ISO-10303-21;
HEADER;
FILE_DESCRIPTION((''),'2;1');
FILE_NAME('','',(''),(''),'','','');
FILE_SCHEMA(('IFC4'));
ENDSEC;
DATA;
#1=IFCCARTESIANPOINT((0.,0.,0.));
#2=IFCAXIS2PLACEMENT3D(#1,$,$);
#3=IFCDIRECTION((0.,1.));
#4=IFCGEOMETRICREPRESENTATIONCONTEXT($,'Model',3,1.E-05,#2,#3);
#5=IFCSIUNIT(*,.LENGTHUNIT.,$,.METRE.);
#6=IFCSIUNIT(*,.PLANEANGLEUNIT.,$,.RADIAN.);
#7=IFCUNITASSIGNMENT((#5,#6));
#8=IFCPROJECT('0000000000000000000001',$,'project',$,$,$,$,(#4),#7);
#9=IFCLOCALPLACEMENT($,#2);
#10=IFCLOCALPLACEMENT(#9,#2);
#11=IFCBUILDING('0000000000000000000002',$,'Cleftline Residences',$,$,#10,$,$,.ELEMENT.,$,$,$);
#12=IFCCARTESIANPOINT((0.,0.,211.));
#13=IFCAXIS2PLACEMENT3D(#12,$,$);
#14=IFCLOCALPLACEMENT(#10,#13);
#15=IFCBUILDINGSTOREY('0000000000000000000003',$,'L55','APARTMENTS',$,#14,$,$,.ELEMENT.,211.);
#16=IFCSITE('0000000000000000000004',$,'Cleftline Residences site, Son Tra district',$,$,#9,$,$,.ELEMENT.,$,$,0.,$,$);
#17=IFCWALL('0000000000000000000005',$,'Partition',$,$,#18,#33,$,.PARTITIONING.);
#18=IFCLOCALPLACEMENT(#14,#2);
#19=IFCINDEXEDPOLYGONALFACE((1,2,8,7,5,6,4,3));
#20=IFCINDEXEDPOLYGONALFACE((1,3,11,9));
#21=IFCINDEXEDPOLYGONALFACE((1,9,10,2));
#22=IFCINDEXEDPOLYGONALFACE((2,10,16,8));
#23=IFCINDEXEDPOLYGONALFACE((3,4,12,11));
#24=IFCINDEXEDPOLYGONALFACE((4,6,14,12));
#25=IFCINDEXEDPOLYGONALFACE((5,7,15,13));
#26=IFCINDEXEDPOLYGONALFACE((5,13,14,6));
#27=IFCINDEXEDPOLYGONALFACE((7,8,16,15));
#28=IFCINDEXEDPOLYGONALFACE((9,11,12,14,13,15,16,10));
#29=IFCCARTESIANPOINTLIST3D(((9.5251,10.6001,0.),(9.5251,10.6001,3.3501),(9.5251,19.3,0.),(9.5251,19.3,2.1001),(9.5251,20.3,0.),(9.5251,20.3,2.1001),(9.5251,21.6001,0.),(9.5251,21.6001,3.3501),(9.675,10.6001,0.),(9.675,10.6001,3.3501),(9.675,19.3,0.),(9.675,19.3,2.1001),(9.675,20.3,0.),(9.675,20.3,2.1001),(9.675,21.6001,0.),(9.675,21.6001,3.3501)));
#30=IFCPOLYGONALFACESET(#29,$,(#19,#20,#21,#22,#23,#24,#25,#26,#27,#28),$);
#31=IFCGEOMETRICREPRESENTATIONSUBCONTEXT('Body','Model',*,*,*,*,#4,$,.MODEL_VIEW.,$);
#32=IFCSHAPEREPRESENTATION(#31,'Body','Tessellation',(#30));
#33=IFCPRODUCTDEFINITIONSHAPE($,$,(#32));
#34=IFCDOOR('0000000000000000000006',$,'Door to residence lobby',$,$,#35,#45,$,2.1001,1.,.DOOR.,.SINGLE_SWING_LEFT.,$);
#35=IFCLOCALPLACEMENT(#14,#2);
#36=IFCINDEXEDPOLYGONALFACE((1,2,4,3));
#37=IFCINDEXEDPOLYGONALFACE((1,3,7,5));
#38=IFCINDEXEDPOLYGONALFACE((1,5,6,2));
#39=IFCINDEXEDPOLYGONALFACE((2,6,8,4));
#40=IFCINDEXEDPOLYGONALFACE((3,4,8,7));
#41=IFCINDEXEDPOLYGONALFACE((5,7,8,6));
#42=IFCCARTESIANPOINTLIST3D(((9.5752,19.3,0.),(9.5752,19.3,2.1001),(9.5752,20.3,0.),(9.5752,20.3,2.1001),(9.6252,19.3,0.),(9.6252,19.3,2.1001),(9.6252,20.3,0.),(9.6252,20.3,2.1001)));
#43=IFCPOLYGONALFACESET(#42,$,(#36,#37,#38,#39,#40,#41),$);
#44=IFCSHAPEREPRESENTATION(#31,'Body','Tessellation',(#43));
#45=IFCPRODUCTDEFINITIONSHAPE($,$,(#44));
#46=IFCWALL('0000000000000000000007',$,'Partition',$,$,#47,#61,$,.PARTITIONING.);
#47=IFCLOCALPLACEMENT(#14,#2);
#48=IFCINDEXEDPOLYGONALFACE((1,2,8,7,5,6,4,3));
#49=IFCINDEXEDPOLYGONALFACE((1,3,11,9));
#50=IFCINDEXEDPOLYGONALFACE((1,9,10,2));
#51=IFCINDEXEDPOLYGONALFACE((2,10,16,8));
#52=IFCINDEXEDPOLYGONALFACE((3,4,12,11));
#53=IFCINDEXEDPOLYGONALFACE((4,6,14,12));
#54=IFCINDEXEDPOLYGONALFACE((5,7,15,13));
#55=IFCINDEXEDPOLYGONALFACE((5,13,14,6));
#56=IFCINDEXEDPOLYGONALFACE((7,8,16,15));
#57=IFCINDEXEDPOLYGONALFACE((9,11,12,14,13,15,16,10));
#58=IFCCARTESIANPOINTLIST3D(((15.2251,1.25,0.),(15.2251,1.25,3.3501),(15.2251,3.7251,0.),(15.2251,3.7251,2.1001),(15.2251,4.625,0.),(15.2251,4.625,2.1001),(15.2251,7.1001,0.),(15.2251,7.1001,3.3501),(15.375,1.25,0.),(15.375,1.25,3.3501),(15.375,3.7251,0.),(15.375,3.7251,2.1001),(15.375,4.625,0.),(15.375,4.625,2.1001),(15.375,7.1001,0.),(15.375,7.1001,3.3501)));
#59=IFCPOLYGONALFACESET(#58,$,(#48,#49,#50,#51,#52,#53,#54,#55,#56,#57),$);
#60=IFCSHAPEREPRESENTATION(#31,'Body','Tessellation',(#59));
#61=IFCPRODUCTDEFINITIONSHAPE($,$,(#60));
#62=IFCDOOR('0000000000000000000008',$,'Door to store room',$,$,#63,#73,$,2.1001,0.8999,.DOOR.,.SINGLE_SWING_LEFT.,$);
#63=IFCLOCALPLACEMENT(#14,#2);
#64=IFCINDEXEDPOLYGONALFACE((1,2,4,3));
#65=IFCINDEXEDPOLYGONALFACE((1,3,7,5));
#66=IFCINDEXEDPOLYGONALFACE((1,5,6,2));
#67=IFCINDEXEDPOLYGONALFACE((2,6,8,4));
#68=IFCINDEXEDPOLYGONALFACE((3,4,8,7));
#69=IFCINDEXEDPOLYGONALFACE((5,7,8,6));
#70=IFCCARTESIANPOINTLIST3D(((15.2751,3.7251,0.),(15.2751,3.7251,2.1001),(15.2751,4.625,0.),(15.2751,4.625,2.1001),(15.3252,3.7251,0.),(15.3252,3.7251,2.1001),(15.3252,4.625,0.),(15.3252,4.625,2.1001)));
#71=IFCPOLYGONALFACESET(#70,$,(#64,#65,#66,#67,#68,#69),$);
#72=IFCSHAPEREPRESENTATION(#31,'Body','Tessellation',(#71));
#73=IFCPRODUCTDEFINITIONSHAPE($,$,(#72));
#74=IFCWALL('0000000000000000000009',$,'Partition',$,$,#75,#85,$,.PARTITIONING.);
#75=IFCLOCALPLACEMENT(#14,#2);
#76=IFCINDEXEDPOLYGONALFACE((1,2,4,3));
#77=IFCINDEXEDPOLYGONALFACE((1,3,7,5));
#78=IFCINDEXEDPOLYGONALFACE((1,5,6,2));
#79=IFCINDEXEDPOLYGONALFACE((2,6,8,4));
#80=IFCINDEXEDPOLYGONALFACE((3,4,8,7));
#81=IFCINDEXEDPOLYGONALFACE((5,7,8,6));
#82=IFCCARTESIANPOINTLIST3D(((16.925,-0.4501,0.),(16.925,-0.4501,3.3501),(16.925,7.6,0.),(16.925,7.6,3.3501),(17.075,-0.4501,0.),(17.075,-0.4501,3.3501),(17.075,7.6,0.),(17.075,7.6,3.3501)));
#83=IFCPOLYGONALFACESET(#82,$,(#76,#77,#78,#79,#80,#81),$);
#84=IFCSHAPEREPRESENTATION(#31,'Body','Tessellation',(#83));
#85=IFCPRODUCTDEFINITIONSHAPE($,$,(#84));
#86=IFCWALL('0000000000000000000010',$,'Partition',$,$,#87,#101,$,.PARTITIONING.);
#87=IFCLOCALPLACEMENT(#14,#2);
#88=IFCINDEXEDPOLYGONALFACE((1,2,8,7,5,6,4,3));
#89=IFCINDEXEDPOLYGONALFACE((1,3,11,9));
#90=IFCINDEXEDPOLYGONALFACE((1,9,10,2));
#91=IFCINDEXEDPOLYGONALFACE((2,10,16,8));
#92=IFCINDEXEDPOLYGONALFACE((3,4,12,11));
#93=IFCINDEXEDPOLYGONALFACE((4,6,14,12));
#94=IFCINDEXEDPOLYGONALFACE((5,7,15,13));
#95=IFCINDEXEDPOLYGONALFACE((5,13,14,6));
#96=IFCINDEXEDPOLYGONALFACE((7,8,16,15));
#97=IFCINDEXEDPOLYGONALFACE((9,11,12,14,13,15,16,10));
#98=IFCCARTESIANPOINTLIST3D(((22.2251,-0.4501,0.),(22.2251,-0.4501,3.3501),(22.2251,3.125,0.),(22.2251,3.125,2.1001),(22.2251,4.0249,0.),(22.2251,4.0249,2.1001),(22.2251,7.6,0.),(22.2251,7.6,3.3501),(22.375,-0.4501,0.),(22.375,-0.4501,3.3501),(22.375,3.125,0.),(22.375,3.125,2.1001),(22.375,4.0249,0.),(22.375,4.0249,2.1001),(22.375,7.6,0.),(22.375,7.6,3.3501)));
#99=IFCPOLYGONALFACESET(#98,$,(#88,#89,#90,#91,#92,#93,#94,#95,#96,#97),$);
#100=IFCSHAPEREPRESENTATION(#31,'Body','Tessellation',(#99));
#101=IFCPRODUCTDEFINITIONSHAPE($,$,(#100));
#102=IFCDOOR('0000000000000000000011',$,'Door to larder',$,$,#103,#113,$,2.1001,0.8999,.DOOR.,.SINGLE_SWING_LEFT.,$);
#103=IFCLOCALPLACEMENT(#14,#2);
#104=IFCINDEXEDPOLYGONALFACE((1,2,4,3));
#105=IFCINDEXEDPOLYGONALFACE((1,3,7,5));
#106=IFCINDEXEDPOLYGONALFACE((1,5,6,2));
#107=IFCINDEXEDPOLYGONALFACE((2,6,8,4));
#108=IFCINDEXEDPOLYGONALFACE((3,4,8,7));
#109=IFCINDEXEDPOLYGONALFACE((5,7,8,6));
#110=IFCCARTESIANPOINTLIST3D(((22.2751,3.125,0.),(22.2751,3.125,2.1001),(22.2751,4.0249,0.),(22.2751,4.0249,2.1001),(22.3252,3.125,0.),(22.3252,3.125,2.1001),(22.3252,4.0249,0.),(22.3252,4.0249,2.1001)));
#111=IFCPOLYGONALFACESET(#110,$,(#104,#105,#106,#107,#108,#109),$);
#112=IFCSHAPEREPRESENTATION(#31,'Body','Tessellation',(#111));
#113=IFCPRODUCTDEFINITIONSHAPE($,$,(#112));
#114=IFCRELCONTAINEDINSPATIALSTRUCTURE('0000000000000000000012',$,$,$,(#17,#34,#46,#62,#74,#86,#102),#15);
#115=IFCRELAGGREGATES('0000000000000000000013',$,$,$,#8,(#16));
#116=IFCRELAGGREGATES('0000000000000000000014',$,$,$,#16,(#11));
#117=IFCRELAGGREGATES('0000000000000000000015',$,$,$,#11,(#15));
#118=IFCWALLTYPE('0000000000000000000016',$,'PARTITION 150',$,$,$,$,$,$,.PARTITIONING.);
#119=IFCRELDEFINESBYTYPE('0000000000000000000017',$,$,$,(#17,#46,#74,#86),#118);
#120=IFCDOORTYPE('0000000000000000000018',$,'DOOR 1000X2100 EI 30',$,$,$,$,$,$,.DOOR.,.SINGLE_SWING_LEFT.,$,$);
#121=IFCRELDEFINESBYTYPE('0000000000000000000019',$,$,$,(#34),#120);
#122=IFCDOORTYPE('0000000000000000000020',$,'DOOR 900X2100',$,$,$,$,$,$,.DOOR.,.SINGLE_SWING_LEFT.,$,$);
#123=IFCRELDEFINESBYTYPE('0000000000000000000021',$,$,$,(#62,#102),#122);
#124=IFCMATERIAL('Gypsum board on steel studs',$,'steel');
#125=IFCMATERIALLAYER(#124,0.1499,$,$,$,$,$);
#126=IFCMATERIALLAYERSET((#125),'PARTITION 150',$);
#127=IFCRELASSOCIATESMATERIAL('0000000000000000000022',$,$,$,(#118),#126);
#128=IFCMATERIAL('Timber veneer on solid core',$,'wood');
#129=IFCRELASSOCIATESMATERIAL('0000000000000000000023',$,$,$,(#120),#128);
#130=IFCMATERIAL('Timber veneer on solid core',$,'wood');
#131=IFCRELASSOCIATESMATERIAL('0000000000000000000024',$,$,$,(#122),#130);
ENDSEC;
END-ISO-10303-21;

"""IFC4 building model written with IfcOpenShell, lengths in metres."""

from ifc_helpers import new_model, si_unit, direction, frame, frame_2d, origin, place, context, subcontext, project, spatial, rectangle, extrude, material, layer, layer_set, type_object, element, fill, save


model = new_model("IFC4")

# Units and contexts
model_context = context("Model", 3, precision=1e-05, world=origin(), true_north=direction((0.0, 1.0)))
body_context = subcontext(model_context, "Body", "Model", "MODEL_VIEW")
ifc_project = project(units=[si_unit("LENGTHUNIT", "METRE"), si_unit("PLANEANGLEUNIT", "RADIAN")], contexts=[model_context])

# Site, building, storey
site_placement = place(None, origin())
site = spatial("IfcSite", under=ifc_project, at=site_placement, Name="Cleftline Residences site, Son Tra district", CompositionType="ELEMENT", RefElevation=0.0)
building_placement = place(site_placement, origin())
building = spatial("IfcBuilding", under=site, at=building_placement, Name="Cleftline Residences", CompositionType="ELEMENT")
storey_placement = place(building_placement, frame((0.0, 0.0, 211.0)))
storey = spatial("IfcBuildingStorey", under=building, at=storey_placement, Name="L55", Description="APARTMENTS", CompositionType="ELEMENT", Elevation=211.0)

# Walls, openings, doors
ifc_material_1 = material(Name="Gypsum board on steel studs", Category="steel")
ifc_layer_1 = layer(ifc_material_1, 0.1499)
ifc_layer_set_1 = layer_set([ifc_layer_1], Name="PARTITION 150")
wall_type = type_object("IfcWallType", Name="PARTITION 150", PredefinedType="PARTITIONING", material=ifc_layer_set_1)
wall_1_placement = place(storey_placement, frame((9.6001, 10.6001, 0.0), z_axis=(0.0, 0.0, 1.0), x_axis=(0.0, 1.0, 0.0)))
wall_1 = element("IfcWall", 1, at=wall_1_placement, inside=storey, type_object=wall_type, Name="Partition", PredefinedType="PARTITIONING", context=body_context, shape_type="SweptSolid", body=[
    extrude(rectangle(XDim=11.0, YDim=0.1499, at=frame_2d((5.5, 0.0))), origin(), (0.0, 0.0, 1.0), 3.3501),
])
opening_1_placement = place(wall_1_placement, frame((8.7, 0.0, 0.0)))
opening_1 = element("IfcOpeningElement", 2, at=opening_1_placement, cuts=wall_1, PredefinedType="OPENING", context=body_context, shape_type="SweptSolid", body=[
    extrude(rectangle(XDim=1.0, YDim=2.1001, at=frame_2d((0.5, 1.05))), frame((0.0, 0.085, 0.0), z_axis=(0.0, -1.0, 0.0), x_axis=(1.0, 0.0, 0.0)), (0.0, 0.0, 1.0), 0.1699),
])
ifc_material_2 = material(Name="Timber veneer on solid core", Category="wood")
door_type_1 = type_object("IfcDoorType", Name="DOOR 1000X2100 EI 30", OperationType="SINGLE_SWING_LEFT", PredefinedType="DOOR", material=ifc_material_2)
door_1_placement = place(opening_1_placement, origin())
door_1 = element("IfcDoor", 3, at=door_1_placement, inside=storey, type_object=door_type_1, Name="Door to residence lobby", OperationType="SINGLE_SWING_LEFT", OverallHeight=2.1001, OverallWidth=1.0, PredefinedType="DOOR", context=body_context, shape_type="SweptSolid", body=[
    extrude(rectangle(XDim=1.0, YDim=2.1001, at=frame_2d((0.5, 1.05))), frame((0.0, 0.0249, 0.0), z_axis=(0.0, -1.0, 0.0), x_axis=(1.0, 0.0, 0.0)), (0.0, 0.0, 1.0), 0.05),
])
fill(opening_1, door_1)
wall_2_placement = place(storey_placement, frame((15.3, 1.25, 0.0), z_axis=(0.0, 0.0, 1.0), x_axis=(0.0, 1.0, 0.0)))
wall_2 = element("IfcWall", 4, at=wall_2_placement, inside=storey, type_object=wall_type, Name="Partition", PredefinedType="PARTITIONING", context=body_context, shape_type="SweptSolid", body=[
    extrude(rectangle(XDim=5.8501, YDim=0.1499, at=frame_2d((2.925, 0.0))), origin(), (0.0, 0.0, 1.0), 3.3501),
])
opening_2_placement = place(wall_2_placement, frame((2.4751, 0.0, 0.0)))
opening_2 = element("IfcOpeningElement", 5, at=opening_2_placement, cuts=wall_2, PredefinedType="OPENING", context=body_context, shape_type="SweptSolid", body=[
    extrude(rectangle(XDim=0.8999, YDim=2.1001, at=frame_2d((0.45, 1.05))), frame((0.0, 0.085, 0.0), z_axis=(0.0, -1.0, 0.0), x_axis=(1.0, 0.0, 0.0)), (0.0, 0.0, 1.0), 0.1699),
])
ifc_material_3 = material(Name="Timber veneer on solid core", Category="wood")
door_type_2 = type_object("IfcDoorType", Name="DOOR 900X2100", OperationType="SINGLE_SWING_LEFT", PredefinedType="DOOR", material=ifc_material_3)
door_2_placement = place(opening_2_placement, origin())
door_2 = element("IfcDoor", 6, at=door_2_placement, inside=storey, type_object=door_type_2, Name="Door to store room", OperationType="SINGLE_SWING_LEFT", OverallHeight=2.1001, OverallWidth=0.8999, PredefinedType="DOOR", context=body_context, shape_type="SweptSolid", body=[
    extrude(rectangle(XDim=0.8999, YDim=2.1001, at=frame_2d((0.45, 1.05))), frame((0.0, 0.0249, 0.0), z_axis=(0.0, -1.0, 0.0), x_axis=(1.0, 0.0, 0.0)), (0.0, 0.0, 1.0), 0.05),
])
fill(opening_2, door_2)

# Wall
wall_3_placement = place(storey_placement, frame((17.0, -0.45, 0.0), z_axis=(0.0, 0.0, 1.0), x_axis=(0.0, 1.0, 0.0)))
element("IfcWall", 7, at=wall_3_placement, inside=storey, type_object=wall_type, Name="Partition", PredefinedType="PARTITIONING", context=body_context, shape_type="SweptSolid", body=[
    extrude(rectangle(XDim=8.05, YDim=0.1499, at=frame_2d((4.0249, 0.0))), origin(), (0.0, 0.0, 1.0), 3.3501),
])

# Wall, opening, door
wall_4_placement = place(storey_placement, frame((22.3, -0.45, 0.0), z_axis=(0.0, 0.0, 1.0), x_axis=(0.0, 1.0, 0.0)))
wall_4 = element("IfcWall", 8, at=wall_4_placement, inside=storey, type_object=wall_type, Name="Partition", PredefinedType="PARTITIONING", context=body_context, shape_type="SweptSolid", body=[
    extrude(rectangle(XDim=8.05, YDim=0.1499, at=frame_2d((4.0249, 0.0))), origin(), (0.0, 0.0, 1.0), 3.3501),
])
opening_3_placement = place(wall_4_placement, frame((3.575, 0.0, 0.0)))
opening_3 = element("IfcOpeningElement", 9, at=opening_3_placement, cuts=wall_4, PredefinedType="OPENING", context=body_context, shape_type="SweptSolid", body=[
    extrude(rectangle(XDim=0.8999, YDim=2.1001, at=frame_2d((0.45, 1.05))), frame((0.0, 0.085, 0.0), z_axis=(0.0, -1.0, 0.0), x_axis=(1.0, 0.0, 0.0)), (0.0, 0.0, 1.0), 0.1699),
])
door_3_placement = place(opening_3_placement, origin())
door_3 = element("IfcDoor", 10, at=door_3_placement, inside=storey, type_object=door_type_2, Name="Door to larder", OperationType="SINGLE_SWING_LEFT", OverallHeight=2.1001, OverallWidth=0.8999, PredefinedType="DOOR", context=body_context, shape_type="SweptSolid", body=[
    extrude(rectangle(XDim=0.8999, YDim=2.1001, at=frame_2d((0.45, 1.05))), frame((0.0, 0.0249, 0.0), z_axis=(0.0, -1.0, 0.0), x_axis=(1.0, 0.0, 0.0)), (0.0, 0.0, 1.0), 0.05),
])
fill(opening_3, door_3)

save(model, "model.ifc")
